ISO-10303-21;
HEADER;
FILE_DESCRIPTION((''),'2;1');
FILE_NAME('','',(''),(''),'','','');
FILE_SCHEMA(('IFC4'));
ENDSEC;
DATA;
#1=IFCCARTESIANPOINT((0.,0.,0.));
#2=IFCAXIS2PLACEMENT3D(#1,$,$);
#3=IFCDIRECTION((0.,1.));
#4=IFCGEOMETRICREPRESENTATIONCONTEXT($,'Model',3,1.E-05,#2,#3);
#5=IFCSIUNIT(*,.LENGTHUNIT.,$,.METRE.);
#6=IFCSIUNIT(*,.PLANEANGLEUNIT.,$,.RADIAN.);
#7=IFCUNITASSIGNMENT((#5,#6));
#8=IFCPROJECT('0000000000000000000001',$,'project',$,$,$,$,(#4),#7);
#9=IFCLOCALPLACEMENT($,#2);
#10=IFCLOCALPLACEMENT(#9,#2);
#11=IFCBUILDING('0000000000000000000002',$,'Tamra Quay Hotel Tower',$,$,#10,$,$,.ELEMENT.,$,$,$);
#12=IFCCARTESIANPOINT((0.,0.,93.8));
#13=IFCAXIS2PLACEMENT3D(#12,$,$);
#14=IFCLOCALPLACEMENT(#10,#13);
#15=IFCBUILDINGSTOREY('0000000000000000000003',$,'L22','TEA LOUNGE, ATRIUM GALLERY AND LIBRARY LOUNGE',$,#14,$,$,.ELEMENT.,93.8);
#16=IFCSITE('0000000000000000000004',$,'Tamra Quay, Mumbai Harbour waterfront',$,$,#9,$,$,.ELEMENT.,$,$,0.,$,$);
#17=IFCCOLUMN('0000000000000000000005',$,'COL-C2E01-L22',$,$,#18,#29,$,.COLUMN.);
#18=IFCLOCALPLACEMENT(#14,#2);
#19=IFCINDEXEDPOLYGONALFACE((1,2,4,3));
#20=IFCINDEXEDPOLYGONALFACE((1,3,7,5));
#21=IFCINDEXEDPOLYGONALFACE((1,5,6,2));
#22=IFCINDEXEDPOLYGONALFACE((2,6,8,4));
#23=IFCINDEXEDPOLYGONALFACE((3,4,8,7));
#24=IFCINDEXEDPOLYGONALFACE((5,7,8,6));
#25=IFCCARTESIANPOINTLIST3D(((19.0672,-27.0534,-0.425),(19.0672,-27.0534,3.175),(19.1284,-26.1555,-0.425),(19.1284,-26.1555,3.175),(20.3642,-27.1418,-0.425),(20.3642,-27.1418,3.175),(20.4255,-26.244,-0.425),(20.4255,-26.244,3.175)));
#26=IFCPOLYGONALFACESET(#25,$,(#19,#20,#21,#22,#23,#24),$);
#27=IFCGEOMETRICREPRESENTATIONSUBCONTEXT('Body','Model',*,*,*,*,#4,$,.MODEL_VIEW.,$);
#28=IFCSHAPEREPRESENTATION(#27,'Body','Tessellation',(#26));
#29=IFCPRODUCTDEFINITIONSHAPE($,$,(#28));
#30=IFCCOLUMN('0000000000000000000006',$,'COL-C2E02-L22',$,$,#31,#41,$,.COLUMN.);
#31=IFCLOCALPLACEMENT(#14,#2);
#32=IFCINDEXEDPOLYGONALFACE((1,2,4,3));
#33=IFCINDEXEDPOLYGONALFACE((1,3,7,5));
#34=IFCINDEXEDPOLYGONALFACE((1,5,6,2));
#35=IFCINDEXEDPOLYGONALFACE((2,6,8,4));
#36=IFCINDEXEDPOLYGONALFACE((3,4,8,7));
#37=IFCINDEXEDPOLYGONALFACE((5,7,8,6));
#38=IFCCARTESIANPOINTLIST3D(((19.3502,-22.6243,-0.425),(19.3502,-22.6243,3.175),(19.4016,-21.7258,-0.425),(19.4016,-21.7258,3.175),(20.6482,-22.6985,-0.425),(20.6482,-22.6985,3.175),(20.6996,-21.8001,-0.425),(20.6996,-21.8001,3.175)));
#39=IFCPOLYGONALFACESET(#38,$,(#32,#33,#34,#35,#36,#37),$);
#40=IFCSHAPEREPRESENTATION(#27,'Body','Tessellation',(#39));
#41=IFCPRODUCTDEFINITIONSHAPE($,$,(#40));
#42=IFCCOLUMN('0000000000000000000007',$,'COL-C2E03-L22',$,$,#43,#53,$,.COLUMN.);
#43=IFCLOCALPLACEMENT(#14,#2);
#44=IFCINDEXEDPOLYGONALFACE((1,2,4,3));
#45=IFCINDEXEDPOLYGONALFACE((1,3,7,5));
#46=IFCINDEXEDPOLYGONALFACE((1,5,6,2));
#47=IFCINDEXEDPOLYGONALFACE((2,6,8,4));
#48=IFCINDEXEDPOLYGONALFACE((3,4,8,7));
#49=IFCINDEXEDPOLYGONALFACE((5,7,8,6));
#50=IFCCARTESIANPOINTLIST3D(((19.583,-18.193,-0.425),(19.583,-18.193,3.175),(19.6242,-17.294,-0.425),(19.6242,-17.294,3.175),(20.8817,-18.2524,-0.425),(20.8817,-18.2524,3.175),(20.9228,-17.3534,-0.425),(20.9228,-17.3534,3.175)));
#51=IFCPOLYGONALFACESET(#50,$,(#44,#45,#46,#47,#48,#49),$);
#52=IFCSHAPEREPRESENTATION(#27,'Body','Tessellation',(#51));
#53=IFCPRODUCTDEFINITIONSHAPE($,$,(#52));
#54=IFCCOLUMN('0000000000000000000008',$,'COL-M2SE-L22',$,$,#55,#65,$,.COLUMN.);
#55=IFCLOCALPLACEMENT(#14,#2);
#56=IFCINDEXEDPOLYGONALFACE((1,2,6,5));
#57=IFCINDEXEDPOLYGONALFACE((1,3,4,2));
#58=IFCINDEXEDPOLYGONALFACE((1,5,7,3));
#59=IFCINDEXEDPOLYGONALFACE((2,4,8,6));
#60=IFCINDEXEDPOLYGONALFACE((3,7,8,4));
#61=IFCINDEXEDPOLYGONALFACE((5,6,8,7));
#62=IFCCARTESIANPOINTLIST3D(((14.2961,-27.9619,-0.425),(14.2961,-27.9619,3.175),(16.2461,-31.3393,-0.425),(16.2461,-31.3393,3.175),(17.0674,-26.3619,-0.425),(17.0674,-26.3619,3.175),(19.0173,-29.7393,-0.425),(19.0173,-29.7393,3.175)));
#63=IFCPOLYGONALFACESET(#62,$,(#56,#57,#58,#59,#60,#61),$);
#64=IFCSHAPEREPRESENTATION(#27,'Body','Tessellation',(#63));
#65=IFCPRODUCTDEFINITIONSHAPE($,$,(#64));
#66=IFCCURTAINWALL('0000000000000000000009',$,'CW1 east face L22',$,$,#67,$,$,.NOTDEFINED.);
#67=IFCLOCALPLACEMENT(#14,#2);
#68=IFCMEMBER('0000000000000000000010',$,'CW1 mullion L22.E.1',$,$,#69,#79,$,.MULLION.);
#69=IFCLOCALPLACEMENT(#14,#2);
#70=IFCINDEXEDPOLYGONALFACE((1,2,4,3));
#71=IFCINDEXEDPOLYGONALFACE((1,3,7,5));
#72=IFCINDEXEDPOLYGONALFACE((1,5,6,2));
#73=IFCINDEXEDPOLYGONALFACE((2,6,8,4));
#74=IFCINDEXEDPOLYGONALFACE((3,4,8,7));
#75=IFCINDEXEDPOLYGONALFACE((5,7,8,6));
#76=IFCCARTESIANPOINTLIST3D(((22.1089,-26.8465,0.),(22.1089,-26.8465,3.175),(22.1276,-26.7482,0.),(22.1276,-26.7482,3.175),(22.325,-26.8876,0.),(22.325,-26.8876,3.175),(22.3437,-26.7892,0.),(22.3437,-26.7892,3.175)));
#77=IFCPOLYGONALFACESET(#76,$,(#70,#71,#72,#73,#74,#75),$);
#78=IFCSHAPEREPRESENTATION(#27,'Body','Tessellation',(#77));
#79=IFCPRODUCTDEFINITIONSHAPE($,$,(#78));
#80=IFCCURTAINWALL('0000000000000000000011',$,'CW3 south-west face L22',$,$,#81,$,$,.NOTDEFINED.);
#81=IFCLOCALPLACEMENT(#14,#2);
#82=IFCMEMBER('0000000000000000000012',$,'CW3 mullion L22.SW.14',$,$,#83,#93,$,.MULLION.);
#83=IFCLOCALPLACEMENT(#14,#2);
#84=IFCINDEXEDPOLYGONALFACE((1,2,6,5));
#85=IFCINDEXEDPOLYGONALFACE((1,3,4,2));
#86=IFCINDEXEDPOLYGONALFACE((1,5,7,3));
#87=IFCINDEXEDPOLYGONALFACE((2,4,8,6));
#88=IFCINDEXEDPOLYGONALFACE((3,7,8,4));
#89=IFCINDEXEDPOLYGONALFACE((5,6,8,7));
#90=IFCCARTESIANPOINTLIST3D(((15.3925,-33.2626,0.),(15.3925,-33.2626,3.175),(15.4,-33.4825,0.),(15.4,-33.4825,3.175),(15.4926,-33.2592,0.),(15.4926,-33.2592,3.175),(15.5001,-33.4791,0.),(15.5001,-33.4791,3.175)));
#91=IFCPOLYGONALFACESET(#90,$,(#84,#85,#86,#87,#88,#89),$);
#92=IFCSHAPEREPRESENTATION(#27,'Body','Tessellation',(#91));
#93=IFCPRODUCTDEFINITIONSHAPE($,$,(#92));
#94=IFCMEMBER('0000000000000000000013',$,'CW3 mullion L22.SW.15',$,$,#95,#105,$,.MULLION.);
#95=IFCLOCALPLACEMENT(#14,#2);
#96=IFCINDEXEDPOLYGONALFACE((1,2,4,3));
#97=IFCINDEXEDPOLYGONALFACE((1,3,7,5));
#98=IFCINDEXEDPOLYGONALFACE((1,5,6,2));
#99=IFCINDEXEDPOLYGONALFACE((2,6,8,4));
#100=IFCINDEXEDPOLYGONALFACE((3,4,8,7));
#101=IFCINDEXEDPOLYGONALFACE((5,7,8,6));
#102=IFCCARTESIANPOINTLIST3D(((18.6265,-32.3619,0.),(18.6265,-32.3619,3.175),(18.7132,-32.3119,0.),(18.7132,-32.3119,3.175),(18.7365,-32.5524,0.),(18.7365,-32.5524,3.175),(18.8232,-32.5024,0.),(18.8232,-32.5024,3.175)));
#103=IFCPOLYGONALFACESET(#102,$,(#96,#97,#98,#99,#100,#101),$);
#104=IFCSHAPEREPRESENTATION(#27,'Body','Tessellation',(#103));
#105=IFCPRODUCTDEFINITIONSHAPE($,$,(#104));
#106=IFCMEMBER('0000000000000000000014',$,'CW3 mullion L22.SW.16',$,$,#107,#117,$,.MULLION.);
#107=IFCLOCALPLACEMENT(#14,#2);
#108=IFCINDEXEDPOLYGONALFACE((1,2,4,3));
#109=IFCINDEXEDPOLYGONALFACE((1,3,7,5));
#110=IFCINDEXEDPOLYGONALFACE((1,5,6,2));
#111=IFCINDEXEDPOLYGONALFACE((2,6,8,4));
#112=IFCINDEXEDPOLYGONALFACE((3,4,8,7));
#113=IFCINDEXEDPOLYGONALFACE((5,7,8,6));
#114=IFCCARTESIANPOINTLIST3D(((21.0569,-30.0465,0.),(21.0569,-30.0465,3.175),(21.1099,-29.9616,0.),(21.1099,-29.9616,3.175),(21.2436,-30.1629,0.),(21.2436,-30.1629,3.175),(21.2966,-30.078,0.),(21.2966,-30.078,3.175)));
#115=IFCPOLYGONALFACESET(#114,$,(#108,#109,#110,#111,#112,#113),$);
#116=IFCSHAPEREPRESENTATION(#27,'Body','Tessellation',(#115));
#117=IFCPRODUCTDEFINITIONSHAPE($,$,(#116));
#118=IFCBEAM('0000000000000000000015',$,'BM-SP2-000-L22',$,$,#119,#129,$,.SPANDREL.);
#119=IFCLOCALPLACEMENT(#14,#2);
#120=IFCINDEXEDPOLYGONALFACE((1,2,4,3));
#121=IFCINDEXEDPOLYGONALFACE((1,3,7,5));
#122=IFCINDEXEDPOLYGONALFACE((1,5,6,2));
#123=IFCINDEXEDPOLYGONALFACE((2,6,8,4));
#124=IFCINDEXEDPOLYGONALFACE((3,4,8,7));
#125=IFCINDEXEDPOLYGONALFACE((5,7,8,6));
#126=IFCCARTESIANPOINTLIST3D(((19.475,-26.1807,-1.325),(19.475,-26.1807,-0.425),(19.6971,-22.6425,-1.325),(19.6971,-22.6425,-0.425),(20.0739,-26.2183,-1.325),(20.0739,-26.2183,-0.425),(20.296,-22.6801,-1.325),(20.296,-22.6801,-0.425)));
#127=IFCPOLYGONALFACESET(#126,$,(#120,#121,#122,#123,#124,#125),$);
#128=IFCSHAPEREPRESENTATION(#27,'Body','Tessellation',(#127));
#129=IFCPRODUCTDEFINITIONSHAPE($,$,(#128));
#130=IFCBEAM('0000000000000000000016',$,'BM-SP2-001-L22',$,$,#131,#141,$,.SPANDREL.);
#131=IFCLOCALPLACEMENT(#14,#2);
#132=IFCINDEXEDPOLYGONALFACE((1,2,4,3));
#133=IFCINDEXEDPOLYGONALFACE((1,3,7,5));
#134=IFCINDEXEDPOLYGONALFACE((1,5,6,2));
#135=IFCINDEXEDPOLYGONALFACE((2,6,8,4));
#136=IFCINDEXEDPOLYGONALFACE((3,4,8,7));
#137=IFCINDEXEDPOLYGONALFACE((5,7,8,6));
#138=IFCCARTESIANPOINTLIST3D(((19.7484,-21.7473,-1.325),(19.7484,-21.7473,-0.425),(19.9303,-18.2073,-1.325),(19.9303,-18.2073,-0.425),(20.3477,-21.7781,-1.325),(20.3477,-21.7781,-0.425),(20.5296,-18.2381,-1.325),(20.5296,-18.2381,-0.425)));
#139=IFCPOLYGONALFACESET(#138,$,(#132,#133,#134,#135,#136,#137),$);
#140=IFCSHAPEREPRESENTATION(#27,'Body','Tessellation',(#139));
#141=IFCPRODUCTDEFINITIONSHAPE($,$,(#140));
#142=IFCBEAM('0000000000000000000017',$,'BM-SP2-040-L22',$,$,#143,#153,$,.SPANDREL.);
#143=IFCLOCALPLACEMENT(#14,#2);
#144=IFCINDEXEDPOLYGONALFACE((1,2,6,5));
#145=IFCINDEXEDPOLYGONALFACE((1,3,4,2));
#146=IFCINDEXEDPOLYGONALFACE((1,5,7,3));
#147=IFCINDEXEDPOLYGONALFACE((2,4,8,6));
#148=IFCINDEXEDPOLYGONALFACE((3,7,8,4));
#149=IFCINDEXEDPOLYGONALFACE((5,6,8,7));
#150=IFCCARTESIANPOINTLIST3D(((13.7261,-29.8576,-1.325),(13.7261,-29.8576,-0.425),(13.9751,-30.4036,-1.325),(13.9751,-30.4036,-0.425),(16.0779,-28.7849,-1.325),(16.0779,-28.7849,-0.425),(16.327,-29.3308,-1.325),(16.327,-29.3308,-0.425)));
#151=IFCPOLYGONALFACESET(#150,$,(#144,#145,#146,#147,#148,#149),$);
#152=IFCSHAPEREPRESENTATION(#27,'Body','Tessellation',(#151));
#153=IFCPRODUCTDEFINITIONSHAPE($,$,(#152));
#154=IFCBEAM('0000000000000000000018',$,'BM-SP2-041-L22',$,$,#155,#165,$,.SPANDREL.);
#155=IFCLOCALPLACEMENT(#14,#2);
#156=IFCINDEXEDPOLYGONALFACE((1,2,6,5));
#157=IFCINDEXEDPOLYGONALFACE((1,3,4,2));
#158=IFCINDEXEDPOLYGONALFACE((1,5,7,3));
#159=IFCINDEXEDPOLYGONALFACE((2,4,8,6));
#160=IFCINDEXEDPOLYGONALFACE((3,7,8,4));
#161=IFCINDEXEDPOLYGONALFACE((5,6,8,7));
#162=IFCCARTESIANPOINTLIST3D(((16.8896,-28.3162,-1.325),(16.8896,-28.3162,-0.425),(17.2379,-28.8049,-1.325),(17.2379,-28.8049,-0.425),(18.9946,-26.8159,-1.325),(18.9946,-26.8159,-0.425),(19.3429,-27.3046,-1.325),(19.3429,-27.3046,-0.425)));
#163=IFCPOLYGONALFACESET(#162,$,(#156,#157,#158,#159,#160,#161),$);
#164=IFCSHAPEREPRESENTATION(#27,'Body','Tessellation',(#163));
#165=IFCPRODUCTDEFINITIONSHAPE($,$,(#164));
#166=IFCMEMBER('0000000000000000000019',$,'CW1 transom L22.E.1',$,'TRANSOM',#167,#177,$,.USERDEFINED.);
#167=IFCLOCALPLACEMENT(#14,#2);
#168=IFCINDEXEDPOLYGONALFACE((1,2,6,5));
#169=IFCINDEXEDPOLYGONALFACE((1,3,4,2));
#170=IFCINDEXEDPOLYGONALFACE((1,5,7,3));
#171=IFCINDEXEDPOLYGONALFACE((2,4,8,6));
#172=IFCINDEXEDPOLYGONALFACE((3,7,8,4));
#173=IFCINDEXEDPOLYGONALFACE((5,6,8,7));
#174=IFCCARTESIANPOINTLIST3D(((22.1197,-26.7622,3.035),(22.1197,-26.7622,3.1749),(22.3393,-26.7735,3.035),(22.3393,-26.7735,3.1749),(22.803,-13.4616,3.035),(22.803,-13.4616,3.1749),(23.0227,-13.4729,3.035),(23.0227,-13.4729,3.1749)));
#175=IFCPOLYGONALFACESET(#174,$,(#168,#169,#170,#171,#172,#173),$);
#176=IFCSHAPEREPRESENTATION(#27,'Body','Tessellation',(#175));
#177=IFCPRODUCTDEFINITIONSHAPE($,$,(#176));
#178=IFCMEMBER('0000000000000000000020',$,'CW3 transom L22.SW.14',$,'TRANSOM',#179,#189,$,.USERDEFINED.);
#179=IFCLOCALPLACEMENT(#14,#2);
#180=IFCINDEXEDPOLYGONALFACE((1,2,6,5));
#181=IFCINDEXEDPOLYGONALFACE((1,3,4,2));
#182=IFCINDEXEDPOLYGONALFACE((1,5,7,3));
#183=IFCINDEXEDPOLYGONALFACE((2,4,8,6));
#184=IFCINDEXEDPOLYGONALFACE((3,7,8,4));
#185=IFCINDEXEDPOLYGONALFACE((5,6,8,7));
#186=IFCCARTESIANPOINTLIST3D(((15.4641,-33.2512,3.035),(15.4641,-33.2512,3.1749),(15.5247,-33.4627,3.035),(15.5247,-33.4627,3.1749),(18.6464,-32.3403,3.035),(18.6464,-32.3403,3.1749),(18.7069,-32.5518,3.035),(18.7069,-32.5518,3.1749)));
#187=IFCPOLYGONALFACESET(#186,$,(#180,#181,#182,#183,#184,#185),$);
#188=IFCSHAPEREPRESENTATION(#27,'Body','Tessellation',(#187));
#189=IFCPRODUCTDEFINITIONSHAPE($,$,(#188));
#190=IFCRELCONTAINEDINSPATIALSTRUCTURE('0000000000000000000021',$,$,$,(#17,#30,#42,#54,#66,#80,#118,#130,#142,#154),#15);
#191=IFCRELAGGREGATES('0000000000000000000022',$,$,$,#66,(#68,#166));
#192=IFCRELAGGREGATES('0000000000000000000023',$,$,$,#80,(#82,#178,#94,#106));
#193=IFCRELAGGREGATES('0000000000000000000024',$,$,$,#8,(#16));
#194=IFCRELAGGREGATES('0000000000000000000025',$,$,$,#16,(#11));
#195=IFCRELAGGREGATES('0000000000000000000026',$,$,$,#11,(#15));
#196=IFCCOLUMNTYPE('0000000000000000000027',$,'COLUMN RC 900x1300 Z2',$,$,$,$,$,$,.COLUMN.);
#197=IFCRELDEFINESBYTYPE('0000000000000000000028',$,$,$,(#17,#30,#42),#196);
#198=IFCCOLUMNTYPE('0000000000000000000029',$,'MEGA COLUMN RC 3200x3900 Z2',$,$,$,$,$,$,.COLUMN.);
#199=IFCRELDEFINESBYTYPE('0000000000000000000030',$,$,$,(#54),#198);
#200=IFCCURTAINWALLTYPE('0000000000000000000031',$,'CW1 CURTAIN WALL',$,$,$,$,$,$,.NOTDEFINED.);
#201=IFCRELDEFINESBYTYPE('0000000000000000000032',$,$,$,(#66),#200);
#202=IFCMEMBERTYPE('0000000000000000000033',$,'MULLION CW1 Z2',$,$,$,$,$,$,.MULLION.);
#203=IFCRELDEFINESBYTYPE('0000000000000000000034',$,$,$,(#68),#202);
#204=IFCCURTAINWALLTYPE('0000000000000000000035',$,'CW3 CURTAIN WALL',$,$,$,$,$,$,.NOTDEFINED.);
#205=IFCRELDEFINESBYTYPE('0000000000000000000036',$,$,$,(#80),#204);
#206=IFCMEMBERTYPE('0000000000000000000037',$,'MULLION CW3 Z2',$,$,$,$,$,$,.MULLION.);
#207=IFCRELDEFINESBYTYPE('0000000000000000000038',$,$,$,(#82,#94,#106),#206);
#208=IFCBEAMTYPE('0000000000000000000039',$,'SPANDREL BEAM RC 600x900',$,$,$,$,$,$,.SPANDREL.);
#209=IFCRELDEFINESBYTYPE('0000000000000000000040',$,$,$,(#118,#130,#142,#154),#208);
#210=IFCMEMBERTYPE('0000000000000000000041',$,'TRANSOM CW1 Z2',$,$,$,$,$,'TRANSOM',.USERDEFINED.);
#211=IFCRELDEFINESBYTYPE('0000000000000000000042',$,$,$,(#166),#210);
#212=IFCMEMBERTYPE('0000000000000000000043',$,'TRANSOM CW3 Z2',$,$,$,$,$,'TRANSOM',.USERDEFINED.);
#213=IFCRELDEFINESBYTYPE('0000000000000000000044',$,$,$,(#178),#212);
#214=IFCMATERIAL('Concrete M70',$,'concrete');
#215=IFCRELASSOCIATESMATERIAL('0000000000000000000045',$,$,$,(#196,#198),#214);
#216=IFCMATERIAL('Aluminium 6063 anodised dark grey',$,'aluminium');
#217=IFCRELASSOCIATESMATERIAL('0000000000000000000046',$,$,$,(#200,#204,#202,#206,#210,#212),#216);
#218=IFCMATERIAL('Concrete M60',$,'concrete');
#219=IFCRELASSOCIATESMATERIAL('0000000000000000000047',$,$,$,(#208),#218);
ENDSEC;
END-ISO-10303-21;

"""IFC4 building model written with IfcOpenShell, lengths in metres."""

from ifc_helpers import new_model, si_unit, direction, frame, origin, origin_2d, place, context, subcontext, project, spatial, rectangle, extrude, material, material_profile, profile_set, type_object, element, aggregate, save


model = new_model("IFC4")

# Units and contexts
model_context = context("Model", 3, precision=1e-05, world=origin(), true_north=direction((0.0, 1.0)))
body_context = subcontext(model_context, "Body", "Model", "MODEL_VIEW")
ifc_project = project(units=[si_unit("LENGTHUNIT", "METRE"), si_unit("PLANEANGLEUNIT", "RADIAN")], contexts=[model_context])

# Site, building, storey
site_placement = place(None, origin())
site = spatial("IfcSite", under=ifc_project, at=site_placement, Name="Tamra Quay, Mumbai Harbour waterfront", CompositionType="ELEMENT", RefElevation=0.0)
building_placement = place(site_placement, origin())
building = spatial("IfcBuilding", under=site, at=building_placement, Name="Tamra Quay Hotel Tower", CompositionType="ELEMENT")
storey_placement = place(building_placement, frame((0.0, 0.0, 93.8)))
storey = spatial("IfcBuildingStorey", under=building, at=storey_placement, Name="L22", Description="TEA LOUNGE, ATRIUM GALLERY AND LIBRARY LOUNGE", CompositionType="ELEMENT", Elevation=93.8)

# Columns
ifc_material_1 = material(Name="Concrete M70", Category="concrete")
ifc_material_profile_1 = material_profile(ifc_material_1, rectangle(XDim=1.3, YDim=0.8999, at=origin_2d()), Name="COLUMN RC 900x1300 Z2")
ifc_profile_set_1 = profile_set([ifc_material_profile_1], Name="Concrete M70")
column_type_1 = type_object("IfcColumnType", Name="COLUMN RC 900x1300 Z2", PredefinedType="COLUMN", material=ifc_profile_set_1)
for number, where, z_axis, x_axis, name in (
    (1, (19.7463, -26.6487, -0.425), (0.0, 0.0, 1.0), (-0.997682, 0.068041, 0.0), "COL-C2E01-L22"),
    (2, (20.0249, -22.2122, -0.425), (0.0, 0.0, 1.0), (-0.998368, 0.057108, 0.0), "COL-C2E02-L22"),
    (3, (20.2529, -17.7732, -0.425), (0.0, 0.0, 1.0), (-0.998955, 0.045712, 0.0), "COL-C2E03-L22"),
):
    element("IfcColumn", number, at=place(storey_placement, frame(where, z_axis=z_axis, x_axis=x_axis)), inside=storey, type_object=column_type_1, Name=name, PredefinedType="COLUMN", context=body_context, shape_type="SweptSolid", body=[
        extrude(rectangle(XDim=1.3, YDim=0.8999, at=origin_2d()), origin(), (0.0, 0.0, 1.0), 3.6001),
    ])
ifc_material_profile_2 = material_profile(ifc_material_1, rectangle(XDim=3.8999, YDim=3.2, at=origin_2d()), Name="MEGA COLUMN RC 3200x3900 Z2")
ifc_profile_set_2 = profile_set([ifc_material_profile_2], Name="Concrete M70")
column_type_2 = type_object("IfcColumnType", Name="MEGA COLUMN RC 3200x3900 Z2", PredefinedType="COLUMN", material=ifc_profile_set_2)
column_placement = place(storey_placement, frame((16.6567, -28.8506, -0.425), z_axis=(0.0, 0.0, 1.0), x_axis=(-0.5, 0.866025, 0.0)))
element("IfcColumn", 4, at=column_placement, inside=storey, type_object=column_type_2, Name="COL-M2SE-L22", PredefinedType="COLUMN", context=body_context, shape_type="SweptSolid", body=[
    extrude(rectangle(XDim=3.8999, YDim=3.2, at=origin_2d()), origin(), (0.0, 0.0, 1.0), 3.6001),
])

# Curtain wall, member
ifc_material_2 = material(Name="Aluminium 6063 anodised dark grey", Category="aluminium")
curtain_wall_type_1 = type_object("IfcCurtainWallType", Name="CW1 CURTAIN WALL", PredefinedType="NOTDEFINED", material=ifc_material_2)
curtain_wall_1_placement = place(storey_placement, origin())
curtain_wall_1 = element("IfcCurtainWall", 5, at=curtain_wall_1_placement, inside=storey, type_object=curtain_wall_type_1, Name="CW1 east face L22", PredefinedType="NOTDEFINED")
ifc_material_profile_3 = material_profile(ifc_material_2, rectangle(XDim=0.22, YDim=0.1001, at=origin_2d()), Name="MULLION 100X220")
ifc_profile_set_3 = profile_set([ifc_material_profile_3], Name="Aluminium 6063 anodised dark grey")
member_type_1 = type_object("IfcMemberType", Name="MULLION CW1 Z2", PredefinedType="MULLION", material=ifc_profile_set_3)
member_1_placement = place(storey_placement, frame((22.2263, -26.8179, 0.0), z_axis=(0.0, 0.0, 1.0), x_axis=(0.982419, -0.186689, 0.0)))
member_1 = element("IfcMember", 6, at=member_1_placement, type_object=member_type_1, Name="CW1 mullion L22.E.1", PredefinedType="MULLION", context=body_context, shape_type="SweptSolid", body=[
    extrude(rectangle(XDim=0.22, YDim=0.1001, at=origin_2d()), origin(), (0.0, 0.0, 1.0), 3.175),
])

# Curtain wall, members
curtain_wall_type_2 = type_object("IfcCurtainWallType", Name="CW3 CURTAIN WALL", PredefinedType="NOTDEFINED", material=ifc_material_2)
curtain_wall_2_placement = place(storey_placement, origin())
curtain_wall_2 = element("IfcCurtainWall", 7, at=curtain_wall_2_placement, inside=storey, type_object=curtain_wall_type_2, Name="CW3 south-west face L22", PredefinedType="NOTDEFINED")
ifc_material_profile_4 = material_profile(ifc_material_2, rectangle(XDim=0.22, YDim=0.1001, at=origin_2d()), Name="MULLION 100X220")
ifc_profile_set_4 = profile_set([ifc_material_profile_4], Name="Aluminium 6063 anodised dark grey")
member_type_2 = type_object("IfcMemberType", Name="MULLION CW3 Z2", PredefinedType="MULLION", material=ifc_profile_set_4)
member_2_placement = place(storey_placement, frame((15.4463, -33.3708, 0.0), z_axis=(0.0, 0.0, 1.0), x_axis=(0.034041, -0.99942, 0.0)))
member_2 = element("IfcMember", 8, at=member_2_placement, type_object=member_type_2, Name="CW3 mullion L22.SW.14", PredefinedType="MULLION", context=body_context, shape_type="SweptSolid", body=[
    extrude(rectangle(XDim=0.22, YDim=0.1001, at=origin_2d()), origin(), (0.0, 0.0, 1.0), 3.175),
])
member_3_placement = place(storey_placement, frame((18.7249, -32.4321, 0.0), z_axis=(0.0, 0.0, 1.0), x_axis=(0.5, -0.866025, 0.0)))
member_3 = element("IfcMember", 9, at=member_3_placement, type_object=member_type_2, Name="CW3 mullion L22.SW.15", PredefinedType="MULLION", context=body_context, shape_type="SweptSolid", body=[
    extrude(rectangle(XDim=0.22, YDim=0.1001, at=origin_2d()), origin(), (0.0, 0.0, 1.0), 3.175),
])
member_4_placement = place(storey_placement, frame((21.1768, -30.0623, 0.0), z_axis=(0.0, 0.0, 1.0), x_axis=(0.848503, -0.52919, 0.0)))
member_4 = element("IfcMember", 10, at=member_4_placement, type_object=member_type_2, Name="CW3 mullion L22.SW.16", PredefinedType="MULLION", context=body_context, shape_type="SweptSolid", body=[
    extrude(rectangle(XDim=0.22, YDim=0.1001, at=origin_2d()), origin(), (0.0, 0.0, 1.0), 3.175),
])

# Beams
ifc_material_3 = material(Name="Concrete M60", Category="concrete")
ifc_material_profile_5 = material_profile(ifc_material_3, rectangle(XDim=0.6001, YDim=0.8999, at=origin_2d()), Name="SPANDREL BEAM RC 600x900")
ifc_profile_set_5 = profile_set([ifc_material_profile_5], Name="Concrete M60")
beam_type = type_object("IfcBeamType", Name="SPANDREL BEAM RC 600x900", PredefinedType="SPANDREL", material=ifc_profile_set_5)
beam_1_placement = place(storey_placement, frame((19.7744, -26.1995, -0.875), z_axis=(0.06267, 0.998034, 0.0), x_axis=(-0.998034, 0.06267, 0.0)))
element("IfcBeam", 11, at=beam_1_placement, inside=storey, type_object=beam_type, Name="BM-SP2-000-L22", PredefinedType="SPANDREL", context=body_context, shape_type="SweptSolid", body=[
    extrude(rectangle(XDim=0.6001, YDim=0.8999, at=origin_2d()), origin(), (0.0, 0.0, 1.0), 3.5452),
])
beam_2_placement = place(storey_placement, frame((20.0481, -21.7627, -0.875), z_axis=(0.051312, 0.998683, 0.0), x_axis=(-0.998683, 0.051312, 0.0)))
element("IfcBeam", 12, at=beam_2_placement, inside=storey, type_object=beam_type, Name="BM-SP2-001-L22", PredefinedType="SPANDREL", context=body_context, shape_type="SweptSolid", body=[
    extrude(rectangle(XDim=0.6001, YDim=0.8999, at=origin_2d()), origin(), (0.0, 0.0, 1.0), 3.5447),
])
for number, where, z_axis, x_axis, name in (
    (13, (13.8506, -30.1306, -0.875), (0.909819, 0.415005, 0.0), (-0.415005, 0.909819, 0.0), "BM-SP2-040-L22"),
    (14, (17.0637, -28.5605, -0.875), (0.814339, 0.580389, 0.0), (-0.580389, 0.814339, 0.0), "BM-SP2-041-L22"),
):
    element("IfcBeam", number, at=place(storey_placement, frame(where, z_axis=z_axis, x_axis=x_axis)), inside=storey, type_object=beam_type, Name=name, PredefinedType="SPANDREL", context=body_context, shape_type="SweptSolid", body=[
        extrude(rectangle(XDim=0.6001, YDim=0.8999, at=origin_2d()), origin(), (0.0, 0.0, 1.0), 2.585),
    ])

# Members
ifc_material_profile_6 = material_profile(ifc_material_2, rectangle(XDim=0.22, YDim=0.1399, at=origin_2d()), Name="TRANSOM 220X140")
ifc_profile_set_6 = profile_set([ifc_material_profile_6], Name="Aluminium 6063 anodised dark grey")
member_type_3 = type_object("IfcMemberType", Name="TRANSOM CW1 Z2", ElementType="TRANSOM", PredefinedType="USERDEFINED", material=ifc_profile_set_6)
member_5_placement = place(storey_placement, frame((22.2295, -26.7678, 3.105), z_axis=(0.05131, 0.998683, 0.0), x_axis=(-0.998683, 0.05131, 0.0)))
member_5 = element("IfcMember", 15, at=member_5_placement, type_object=member_type_3, Name="CW1 transom L22.E.1", ObjectType="TRANSOM", PredefinedType="USERDEFINED", context=body_context, shape_type="SweptSolid", body=[
    extrude(rectangle(XDim=0.22, YDim=0.1399, at=origin_2d()), origin(), (0.0, 0.0, 1.0), 13.3181),
])
ifc_material_profile_7 = material_profile(ifc_material_2, rectangle(XDim=0.22, YDim=0.1399, at=origin_2d()), Name="TRANSOM 220X140")
ifc_profile_set_7 = profile_set([ifc_material_profile_7], Name="Aluminium 6063 anodised dark grey")
member_type_4 = type_object("IfcMemberType", Name="TRANSOM CW3 Z2", ElementType="TRANSOM", PredefinedType="USERDEFINED", material=ifc_profile_set_7)
member_6_placement = place(storey_placement, frame((15.4944, -33.3569, 3.105), z_axis=(0.961393, 0.275179, 0.0), x_axis=(-0.275179, 0.961393, 0.0)))
member_6 = element("IfcMember", 16, at=member_6_placement, type_object=member_type_4, Name="CW3 transom L22.SW.14", ObjectType="TRANSOM", PredefinedType="USERDEFINED", context=body_context, shape_type="SweptSolid", body=[
    extrude(rectangle(XDim=0.22, YDim=0.1399, at=origin_2d()), origin(), (0.0, 0.0, 1.0), 3.3101),
])

aggregate(curtain_wall_1, [member_1, member_5])
aggregate(curtain_wall_2, [member_2, member_6, member_3, member_4])

save(model, "model.ifc")
